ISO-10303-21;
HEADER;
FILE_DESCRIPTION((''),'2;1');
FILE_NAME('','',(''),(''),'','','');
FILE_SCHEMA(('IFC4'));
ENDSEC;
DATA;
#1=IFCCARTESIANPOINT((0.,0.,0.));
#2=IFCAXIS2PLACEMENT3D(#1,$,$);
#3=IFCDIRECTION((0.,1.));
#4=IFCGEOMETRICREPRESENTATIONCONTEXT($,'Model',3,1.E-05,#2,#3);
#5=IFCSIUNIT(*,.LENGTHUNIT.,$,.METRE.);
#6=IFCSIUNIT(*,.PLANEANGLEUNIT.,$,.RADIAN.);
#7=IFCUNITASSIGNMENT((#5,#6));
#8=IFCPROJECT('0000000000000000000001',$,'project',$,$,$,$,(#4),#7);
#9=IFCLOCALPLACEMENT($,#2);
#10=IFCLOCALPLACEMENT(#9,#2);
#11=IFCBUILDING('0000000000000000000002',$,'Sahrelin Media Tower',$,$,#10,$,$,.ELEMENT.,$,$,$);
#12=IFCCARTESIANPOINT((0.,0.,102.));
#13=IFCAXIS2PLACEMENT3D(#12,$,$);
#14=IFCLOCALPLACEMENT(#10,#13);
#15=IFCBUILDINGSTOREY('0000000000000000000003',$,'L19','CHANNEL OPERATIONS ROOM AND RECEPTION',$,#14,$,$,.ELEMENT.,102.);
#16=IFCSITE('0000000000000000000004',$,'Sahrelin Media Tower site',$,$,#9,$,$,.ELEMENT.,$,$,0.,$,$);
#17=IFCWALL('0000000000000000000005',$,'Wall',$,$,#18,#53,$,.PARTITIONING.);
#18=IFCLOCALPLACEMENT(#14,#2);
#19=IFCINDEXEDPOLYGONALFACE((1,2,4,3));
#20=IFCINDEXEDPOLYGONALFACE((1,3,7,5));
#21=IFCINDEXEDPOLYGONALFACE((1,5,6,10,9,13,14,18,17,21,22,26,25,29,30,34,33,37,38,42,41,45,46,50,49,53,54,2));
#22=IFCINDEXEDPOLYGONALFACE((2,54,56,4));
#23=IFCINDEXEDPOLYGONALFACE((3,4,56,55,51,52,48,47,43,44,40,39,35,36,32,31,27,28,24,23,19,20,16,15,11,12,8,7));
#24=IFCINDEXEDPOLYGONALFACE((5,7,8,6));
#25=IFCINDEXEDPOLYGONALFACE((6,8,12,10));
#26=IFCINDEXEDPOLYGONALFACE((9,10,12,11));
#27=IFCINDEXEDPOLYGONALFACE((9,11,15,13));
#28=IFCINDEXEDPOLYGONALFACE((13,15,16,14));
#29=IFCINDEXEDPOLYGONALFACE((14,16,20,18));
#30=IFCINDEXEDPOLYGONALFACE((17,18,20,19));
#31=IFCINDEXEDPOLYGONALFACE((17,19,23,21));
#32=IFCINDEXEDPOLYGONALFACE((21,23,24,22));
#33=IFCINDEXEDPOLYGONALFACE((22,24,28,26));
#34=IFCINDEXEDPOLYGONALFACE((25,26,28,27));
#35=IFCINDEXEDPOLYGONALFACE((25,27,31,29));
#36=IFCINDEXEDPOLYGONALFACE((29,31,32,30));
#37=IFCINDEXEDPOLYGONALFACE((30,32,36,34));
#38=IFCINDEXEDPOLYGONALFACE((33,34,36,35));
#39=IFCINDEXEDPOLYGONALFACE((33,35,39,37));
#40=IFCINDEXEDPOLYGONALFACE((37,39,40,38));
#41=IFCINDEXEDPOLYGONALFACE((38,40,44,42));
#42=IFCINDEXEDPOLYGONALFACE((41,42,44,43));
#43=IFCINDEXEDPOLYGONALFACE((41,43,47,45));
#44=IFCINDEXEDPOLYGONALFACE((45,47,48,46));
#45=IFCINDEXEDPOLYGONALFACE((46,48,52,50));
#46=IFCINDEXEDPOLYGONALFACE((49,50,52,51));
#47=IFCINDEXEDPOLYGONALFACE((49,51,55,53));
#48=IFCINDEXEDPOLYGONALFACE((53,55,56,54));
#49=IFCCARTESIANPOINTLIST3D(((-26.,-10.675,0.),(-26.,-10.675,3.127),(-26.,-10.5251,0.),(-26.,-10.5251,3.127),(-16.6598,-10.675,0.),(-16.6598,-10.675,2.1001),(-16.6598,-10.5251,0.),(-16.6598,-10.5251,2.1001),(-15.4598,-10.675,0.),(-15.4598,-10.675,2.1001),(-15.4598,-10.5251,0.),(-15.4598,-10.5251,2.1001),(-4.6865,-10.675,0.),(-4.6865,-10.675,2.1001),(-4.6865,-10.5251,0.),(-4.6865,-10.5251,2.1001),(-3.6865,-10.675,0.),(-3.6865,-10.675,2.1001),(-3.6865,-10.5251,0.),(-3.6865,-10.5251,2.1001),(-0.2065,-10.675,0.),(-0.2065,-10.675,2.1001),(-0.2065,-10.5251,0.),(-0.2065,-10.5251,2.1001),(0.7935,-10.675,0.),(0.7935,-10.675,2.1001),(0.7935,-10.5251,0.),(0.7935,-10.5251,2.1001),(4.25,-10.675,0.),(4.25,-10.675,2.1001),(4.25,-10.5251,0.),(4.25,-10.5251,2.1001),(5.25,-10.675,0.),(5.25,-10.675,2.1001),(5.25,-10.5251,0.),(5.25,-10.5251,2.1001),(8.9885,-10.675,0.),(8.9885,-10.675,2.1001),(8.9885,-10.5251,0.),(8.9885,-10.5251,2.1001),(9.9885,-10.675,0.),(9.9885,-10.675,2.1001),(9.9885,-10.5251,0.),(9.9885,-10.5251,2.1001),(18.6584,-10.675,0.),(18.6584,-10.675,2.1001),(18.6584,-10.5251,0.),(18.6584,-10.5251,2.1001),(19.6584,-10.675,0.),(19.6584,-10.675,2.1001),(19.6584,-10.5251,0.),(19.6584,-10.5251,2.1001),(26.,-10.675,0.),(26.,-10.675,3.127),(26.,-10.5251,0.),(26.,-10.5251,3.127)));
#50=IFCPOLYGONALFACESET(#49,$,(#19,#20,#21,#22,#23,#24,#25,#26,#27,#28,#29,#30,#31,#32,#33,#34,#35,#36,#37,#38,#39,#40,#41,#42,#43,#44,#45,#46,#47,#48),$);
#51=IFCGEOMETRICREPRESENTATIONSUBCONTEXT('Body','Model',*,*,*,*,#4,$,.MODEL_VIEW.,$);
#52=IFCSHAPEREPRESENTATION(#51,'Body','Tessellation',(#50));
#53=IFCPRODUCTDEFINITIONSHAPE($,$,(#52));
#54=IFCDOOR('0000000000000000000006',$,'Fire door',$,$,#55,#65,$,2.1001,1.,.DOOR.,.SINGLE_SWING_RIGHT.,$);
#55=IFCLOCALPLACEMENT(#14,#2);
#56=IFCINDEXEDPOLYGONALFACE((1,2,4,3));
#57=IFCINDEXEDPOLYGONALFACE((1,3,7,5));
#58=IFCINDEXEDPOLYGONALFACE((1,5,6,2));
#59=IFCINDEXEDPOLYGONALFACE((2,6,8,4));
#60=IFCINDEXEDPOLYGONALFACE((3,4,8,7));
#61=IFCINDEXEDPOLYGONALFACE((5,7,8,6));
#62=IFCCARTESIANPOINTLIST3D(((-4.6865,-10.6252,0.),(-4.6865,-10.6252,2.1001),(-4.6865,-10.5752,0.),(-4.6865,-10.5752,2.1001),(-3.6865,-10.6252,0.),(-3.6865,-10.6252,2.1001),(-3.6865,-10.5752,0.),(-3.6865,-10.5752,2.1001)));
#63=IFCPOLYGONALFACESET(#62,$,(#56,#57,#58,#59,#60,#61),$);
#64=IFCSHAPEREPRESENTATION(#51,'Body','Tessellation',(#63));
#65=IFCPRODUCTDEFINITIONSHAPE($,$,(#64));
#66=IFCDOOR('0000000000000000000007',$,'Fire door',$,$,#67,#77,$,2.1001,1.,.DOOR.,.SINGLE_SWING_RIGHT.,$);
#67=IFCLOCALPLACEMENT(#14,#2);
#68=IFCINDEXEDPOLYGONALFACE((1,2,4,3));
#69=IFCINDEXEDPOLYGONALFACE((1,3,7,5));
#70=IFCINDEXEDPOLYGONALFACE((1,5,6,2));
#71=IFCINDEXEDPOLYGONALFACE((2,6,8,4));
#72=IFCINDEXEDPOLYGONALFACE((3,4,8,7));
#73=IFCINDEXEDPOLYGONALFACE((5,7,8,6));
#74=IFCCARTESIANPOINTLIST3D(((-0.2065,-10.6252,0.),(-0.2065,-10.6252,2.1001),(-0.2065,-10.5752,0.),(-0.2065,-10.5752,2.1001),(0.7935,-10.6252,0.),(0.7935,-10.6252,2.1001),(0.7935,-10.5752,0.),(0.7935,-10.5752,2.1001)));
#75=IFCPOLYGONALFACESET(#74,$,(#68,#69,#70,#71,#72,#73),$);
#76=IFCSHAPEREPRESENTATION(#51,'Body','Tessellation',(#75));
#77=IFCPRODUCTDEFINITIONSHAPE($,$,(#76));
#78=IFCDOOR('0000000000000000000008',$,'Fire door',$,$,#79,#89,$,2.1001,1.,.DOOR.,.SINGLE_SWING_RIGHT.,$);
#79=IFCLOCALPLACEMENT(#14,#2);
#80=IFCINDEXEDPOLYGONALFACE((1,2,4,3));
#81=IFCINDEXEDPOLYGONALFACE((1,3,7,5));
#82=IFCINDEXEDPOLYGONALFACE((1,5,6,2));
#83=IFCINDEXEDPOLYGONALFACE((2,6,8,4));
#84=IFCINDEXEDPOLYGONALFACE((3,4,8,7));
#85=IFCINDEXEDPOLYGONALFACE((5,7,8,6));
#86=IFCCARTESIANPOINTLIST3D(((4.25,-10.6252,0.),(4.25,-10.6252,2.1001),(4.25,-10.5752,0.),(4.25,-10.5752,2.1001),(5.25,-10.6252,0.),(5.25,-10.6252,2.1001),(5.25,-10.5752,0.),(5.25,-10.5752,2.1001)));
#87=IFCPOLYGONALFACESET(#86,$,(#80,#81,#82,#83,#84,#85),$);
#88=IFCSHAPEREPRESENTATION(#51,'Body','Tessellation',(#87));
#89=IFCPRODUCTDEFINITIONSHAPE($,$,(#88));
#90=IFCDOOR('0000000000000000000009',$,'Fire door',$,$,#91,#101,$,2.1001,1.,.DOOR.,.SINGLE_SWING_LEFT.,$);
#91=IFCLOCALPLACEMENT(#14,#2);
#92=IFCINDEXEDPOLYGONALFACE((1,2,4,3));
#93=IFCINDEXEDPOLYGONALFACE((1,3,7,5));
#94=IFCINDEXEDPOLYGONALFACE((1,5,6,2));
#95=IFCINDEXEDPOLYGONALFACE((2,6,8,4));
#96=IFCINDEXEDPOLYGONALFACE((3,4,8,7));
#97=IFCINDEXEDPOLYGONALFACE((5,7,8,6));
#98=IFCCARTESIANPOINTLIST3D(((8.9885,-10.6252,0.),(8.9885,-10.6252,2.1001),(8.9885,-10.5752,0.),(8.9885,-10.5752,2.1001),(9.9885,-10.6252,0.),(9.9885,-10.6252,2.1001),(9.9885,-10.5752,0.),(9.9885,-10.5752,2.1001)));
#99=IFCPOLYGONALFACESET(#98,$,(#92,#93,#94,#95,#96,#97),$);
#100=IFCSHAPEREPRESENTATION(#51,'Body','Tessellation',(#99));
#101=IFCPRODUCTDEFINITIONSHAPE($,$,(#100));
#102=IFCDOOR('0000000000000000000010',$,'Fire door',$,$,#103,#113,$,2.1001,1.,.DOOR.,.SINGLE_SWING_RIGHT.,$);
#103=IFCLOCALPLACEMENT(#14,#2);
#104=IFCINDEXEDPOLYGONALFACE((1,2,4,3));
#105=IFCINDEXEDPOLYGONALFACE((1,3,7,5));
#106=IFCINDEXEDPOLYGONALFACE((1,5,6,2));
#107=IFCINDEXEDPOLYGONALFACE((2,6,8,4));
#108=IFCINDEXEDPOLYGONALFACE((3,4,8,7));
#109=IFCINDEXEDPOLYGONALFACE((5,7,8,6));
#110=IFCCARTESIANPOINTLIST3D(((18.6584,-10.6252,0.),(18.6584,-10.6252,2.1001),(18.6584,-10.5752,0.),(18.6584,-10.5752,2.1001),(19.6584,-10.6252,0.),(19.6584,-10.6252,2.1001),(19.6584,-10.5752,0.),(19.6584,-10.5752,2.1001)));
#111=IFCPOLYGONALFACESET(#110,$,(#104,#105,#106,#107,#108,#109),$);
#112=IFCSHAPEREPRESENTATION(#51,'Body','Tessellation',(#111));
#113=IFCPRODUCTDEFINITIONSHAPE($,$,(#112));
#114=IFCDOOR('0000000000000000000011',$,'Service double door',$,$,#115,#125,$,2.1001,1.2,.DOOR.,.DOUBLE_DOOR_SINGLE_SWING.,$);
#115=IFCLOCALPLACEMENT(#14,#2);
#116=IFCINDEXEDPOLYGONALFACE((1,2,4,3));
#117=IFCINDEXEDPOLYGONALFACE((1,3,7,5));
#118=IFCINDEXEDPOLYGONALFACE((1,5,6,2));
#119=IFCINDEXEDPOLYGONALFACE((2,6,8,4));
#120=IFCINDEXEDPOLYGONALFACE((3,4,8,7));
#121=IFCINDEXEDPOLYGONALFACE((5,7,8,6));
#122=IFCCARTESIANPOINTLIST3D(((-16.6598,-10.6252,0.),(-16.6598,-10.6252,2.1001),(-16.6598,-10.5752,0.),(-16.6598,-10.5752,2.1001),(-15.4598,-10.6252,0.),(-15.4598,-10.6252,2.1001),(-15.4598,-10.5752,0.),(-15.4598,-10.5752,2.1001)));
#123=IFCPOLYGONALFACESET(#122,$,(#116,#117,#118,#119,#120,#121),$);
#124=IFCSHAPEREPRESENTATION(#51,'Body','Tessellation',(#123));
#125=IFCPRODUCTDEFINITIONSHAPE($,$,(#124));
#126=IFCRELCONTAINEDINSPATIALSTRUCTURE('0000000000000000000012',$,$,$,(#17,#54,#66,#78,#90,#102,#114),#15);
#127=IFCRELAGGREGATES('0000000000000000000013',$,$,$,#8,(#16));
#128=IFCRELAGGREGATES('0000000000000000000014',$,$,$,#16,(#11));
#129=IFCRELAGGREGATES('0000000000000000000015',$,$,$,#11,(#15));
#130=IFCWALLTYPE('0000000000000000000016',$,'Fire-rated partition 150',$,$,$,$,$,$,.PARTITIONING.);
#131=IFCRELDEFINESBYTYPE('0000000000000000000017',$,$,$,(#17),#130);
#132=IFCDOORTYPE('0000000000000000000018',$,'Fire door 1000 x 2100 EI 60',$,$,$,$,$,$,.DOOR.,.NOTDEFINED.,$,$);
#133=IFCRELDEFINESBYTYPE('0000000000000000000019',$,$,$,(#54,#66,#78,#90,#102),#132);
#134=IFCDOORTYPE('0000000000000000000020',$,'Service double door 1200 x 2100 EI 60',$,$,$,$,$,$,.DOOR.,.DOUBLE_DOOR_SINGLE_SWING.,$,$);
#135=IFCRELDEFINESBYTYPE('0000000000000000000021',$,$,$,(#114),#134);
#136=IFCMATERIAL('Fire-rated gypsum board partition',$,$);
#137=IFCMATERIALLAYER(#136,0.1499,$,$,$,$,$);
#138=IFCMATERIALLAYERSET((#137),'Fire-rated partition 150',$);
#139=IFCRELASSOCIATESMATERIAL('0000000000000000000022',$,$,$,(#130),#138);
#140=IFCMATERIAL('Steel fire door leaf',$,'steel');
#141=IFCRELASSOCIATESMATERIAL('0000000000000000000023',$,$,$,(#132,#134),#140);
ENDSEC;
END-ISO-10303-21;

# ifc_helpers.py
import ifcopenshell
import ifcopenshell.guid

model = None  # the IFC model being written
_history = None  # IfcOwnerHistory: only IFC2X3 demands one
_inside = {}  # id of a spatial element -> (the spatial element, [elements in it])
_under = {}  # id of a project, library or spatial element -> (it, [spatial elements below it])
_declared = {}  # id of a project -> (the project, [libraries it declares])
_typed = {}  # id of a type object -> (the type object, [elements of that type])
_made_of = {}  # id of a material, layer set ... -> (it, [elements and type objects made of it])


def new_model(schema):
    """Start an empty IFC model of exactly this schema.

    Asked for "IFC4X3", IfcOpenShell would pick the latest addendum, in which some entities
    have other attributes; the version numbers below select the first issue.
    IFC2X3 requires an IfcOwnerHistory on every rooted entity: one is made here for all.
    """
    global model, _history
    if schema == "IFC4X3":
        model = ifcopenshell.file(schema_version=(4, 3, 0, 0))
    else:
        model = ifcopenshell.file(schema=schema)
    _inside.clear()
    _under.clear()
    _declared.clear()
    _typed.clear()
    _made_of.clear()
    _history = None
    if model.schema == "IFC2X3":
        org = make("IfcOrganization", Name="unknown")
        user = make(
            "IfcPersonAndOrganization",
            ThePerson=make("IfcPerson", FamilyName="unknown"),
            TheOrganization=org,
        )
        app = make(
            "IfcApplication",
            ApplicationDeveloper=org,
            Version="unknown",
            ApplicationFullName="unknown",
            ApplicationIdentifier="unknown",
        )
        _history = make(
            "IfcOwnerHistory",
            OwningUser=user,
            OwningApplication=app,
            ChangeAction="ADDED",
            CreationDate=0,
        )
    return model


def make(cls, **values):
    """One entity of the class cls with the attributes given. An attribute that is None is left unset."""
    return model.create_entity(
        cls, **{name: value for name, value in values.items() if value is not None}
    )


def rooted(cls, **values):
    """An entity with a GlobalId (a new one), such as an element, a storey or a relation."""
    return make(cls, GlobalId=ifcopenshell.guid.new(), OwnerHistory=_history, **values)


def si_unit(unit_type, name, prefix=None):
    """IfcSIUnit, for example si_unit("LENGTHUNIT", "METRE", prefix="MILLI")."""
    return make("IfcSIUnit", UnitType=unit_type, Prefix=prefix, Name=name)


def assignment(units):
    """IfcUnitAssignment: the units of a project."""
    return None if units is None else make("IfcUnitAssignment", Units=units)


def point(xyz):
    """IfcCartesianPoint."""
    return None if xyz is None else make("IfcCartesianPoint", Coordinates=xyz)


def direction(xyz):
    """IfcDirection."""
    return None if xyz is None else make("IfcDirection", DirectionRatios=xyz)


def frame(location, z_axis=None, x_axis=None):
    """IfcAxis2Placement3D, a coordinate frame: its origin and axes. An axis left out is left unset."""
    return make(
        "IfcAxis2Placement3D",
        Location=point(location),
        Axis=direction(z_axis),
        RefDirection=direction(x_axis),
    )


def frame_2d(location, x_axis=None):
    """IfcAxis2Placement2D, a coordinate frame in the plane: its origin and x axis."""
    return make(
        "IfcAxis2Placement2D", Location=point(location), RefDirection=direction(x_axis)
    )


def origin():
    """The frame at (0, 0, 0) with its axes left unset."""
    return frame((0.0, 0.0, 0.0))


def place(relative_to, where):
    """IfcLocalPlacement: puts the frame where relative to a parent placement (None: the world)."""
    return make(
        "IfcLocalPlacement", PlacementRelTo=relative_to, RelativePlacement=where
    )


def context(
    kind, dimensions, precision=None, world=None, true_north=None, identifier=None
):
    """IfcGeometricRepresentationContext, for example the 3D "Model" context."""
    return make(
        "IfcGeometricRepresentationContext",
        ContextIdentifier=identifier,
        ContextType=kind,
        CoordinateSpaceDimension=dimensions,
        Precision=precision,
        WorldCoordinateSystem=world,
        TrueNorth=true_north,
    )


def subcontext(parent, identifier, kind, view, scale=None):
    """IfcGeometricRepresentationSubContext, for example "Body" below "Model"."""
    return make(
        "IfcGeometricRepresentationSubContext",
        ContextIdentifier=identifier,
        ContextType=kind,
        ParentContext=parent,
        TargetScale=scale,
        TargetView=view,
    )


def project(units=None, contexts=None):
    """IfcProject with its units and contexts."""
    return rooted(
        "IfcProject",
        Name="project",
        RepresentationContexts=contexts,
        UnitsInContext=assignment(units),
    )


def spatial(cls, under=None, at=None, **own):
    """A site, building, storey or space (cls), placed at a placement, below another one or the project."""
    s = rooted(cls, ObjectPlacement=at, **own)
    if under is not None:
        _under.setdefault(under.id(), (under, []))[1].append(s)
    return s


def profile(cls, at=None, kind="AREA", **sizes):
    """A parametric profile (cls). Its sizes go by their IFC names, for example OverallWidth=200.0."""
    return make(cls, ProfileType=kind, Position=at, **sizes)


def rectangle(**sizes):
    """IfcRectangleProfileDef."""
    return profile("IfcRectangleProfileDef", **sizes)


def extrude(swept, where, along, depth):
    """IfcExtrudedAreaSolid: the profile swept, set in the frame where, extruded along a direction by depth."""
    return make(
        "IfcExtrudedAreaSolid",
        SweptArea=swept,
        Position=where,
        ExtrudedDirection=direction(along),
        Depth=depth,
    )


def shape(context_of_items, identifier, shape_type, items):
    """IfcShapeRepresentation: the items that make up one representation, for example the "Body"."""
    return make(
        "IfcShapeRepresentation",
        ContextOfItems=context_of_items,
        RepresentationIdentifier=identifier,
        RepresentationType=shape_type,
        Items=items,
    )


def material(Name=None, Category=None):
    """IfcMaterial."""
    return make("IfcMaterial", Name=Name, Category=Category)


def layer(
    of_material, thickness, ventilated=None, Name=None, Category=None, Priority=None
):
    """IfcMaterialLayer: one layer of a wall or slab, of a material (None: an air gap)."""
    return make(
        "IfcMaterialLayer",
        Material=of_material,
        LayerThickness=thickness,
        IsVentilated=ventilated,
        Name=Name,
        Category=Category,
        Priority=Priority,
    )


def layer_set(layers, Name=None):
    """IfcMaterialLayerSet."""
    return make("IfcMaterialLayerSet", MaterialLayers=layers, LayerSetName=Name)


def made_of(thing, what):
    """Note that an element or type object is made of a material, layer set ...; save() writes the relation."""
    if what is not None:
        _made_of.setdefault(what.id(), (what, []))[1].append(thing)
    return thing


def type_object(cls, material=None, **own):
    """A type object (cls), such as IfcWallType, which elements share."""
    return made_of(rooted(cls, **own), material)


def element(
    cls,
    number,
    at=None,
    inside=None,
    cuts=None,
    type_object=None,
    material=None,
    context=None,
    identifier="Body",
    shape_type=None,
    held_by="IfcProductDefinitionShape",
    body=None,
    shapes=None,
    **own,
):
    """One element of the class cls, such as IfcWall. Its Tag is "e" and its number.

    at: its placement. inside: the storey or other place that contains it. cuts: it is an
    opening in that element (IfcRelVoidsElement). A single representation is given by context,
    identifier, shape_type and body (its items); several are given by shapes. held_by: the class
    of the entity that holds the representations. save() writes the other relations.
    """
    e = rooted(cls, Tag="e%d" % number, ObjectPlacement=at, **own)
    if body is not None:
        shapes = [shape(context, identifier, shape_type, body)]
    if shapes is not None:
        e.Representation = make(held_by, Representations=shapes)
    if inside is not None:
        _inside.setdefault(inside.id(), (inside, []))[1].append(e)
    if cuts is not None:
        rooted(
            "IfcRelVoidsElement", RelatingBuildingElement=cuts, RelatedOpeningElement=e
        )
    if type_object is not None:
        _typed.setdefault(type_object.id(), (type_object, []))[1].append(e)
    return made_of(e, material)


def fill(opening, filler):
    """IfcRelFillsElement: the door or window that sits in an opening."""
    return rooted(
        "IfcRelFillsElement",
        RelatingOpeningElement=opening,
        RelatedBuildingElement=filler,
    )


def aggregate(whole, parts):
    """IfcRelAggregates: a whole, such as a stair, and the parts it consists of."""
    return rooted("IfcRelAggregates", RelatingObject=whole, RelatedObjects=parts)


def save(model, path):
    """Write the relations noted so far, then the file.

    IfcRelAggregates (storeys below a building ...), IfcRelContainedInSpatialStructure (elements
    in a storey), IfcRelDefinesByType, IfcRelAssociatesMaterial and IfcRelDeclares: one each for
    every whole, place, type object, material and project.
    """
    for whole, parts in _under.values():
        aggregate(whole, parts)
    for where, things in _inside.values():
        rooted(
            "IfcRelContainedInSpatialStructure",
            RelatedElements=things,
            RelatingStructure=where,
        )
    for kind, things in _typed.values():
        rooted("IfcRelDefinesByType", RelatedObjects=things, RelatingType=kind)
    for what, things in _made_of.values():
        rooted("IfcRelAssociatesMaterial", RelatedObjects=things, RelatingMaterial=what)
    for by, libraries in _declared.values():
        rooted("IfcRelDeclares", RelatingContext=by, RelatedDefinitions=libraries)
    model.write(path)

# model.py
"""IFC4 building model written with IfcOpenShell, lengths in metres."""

from ifc_helpers import new_model, si_unit, direction, frame, frame_2d, origin, place, context, subcontext, project, spatial, rectangle, extrude, material, layer, layer_set, type_object, element, fill, save


model = new_model("IFC4")

# Units and contexts
model_context = context("Model", 3, precision=1e-05, world=origin(), true_north=direction((0.0, 1.0)))
body_context = subcontext(model_context, "Body", "Model", "MODEL_VIEW")
ifc_project = project(units=[si_unit("LENGTHUNIT", "METRE"), si_unit("PLANEANGLEUNIT", "RADIAN")], contexts=[model_context])

# Site, building, storey
site_placement = place(None, origin())
site = spatial("IfcSite", under=ifc_project, at=site_placement, Name="Sahrelin Media Tower site", CompositionType="ELEMENT", RefElevation=0.0)
building_placement = place(site_placement, origin())
building = spatial("IfcBuilding", under=site, at=building_placement, Name="Sahrelin Media Tower", CompositionType="ELEMENT")
storey_placement = place(building_placement, frame((0.0, 0.0, 102.0)))
storey = spatial("IfcBuildingStorey", under=building, at=storey_placement, Name="L19", Description="CHANNEL OPERATIONS ROOM AND RECEPTION", CompositionType="ELEMENT", Elevation=102.0)

# Wall, openings, doors
ifc_material_1 = material(Name="Fire-rated gypsum board partition")
ifc_layer_1 = layer(ifc_material_1, 0.1499)
ifc_layer_set_1 = layer_set([ifc_layer_1], Name="Fire-rated partition 150")
wall_type = type_object("IfcWallType", Name="Fire-rated partition 150", PredefinedType="PARTITIONING", material=ifc_layer_set_1)
wall_placement = place(storey_placement, frame((-26.0, -10.6001, 0.0), z_axis=(0.0, 0.0, 1.0), x_axis=(1.0, 0.0, 0.0)))
wall = element("IfcWall", 1, at=wall_placement, inside=storey, type_object=wall_type, Name="Wall", PredefinedType="PARTITIONING", context=body_context, shape_type="SweptSolid", body=[
    extrude(rectangle(XDim=52.0, YDim=0.1499, at=frame_2d((26.0, 0.0))), origin(), (0.0, 0.0, 1.0), 3.127),
])
opening_1_placement = place(wall_placement, frame((9.3401, 0.0, 0.0)))
opening_1 = element("IfcOpeningElement", 2, at=opening_1_placement, cuts=wall, PredefinedType="OPENING", context=body_context, shape_type="SweptSolid", body=[
    extrude(rectangle(XDim=1.2, YDim=2.1001, at=frame_2d((0.6001, 1.05))), frame((0.0, 0.075, 0.0), z_axis=(0.0, -1.0, 0.0), x_axis=(1.0, 0.0, 0.0)), (0.0, 0.0, 1.0), 0.1499),
])
opening_2_placement = place(wall_placement, frame((21.3135, 0.0, 0.0)))
opening_2 = element("IfcOpeningElement", 3, at=opening_2_placement, cuts=wall, PredefinedType="OPENING", context=body_context, shape_type="SweptSolid", body=[
    extrude(rectangle(XDim=1.0, YDim=2.1001, at=frame_2d((0.5, 1.05))), frame((0.0, 0.075, 0.0), z_axis=(0.0, -1.0, 0.0), x_axis=(1.0, 0.0, 0.0)), (0.0, 0.0, 1.0), 0.1499),
])
opening_3_placement = place(wall_placement, frame((25.7935, 0.0, 0.0)))
opening_3 = element("IfcOpeningElement", 4, at=opening_3_placement, cuts=wall, PredefinedType="OPENING", context=body_context, shape_type="SweptSolid", body=[
    extrude(rectangle(XDim=1.0, YDim=2.1001, at=frame_2d((0.5, 1.05))), frame((0.0, 0.075, 0.0), z_axis=(0.0, -1.0, 0.0), x_axis=(1.0, 0.0, 0.0)), (0.0, 0.0, 1.0), 0.1499),
])
opening_4_placement = place(wall_placement, frame((30.25, 0.0, 0.0)))
opening_4 = element("IfcOpeningElement", 5, at=opening_4_placement, cuts=wall, PredefinedType="OPENING", context=body_context, shape_type="SweptSolid", body=[
    extrude(rectangle(XDim=1.0, YDim=2.1001, at=frame_2d((0.5, 1.05))), frame((0.0, 0.075, 0.0), z_axis=(0.0, -1.0, 0.0), x_axis=(1.0, 0.0, 0.0)), (0.0, 0.0, 1.0), 0.1499),
])
opening_5_placement = place(wall_placement, frame((34.9885, 0.0, 0.0)))
opening_5 = element("IfcOpeningElement", 6, at=opening_5_placement, cuts=wall, PredefinedType="OPENING", context=body_context, shape_type="SweptSolid", body=[
    extrude(rectangle(XDim=1.0, YDim=2.1001, at=frame_2d((0.5, 1.05))), frame((0.0, 0.075, 0.0), z_axis=(0.0, -1.0, 0.0), x_axis=(1.0, 0.0, 0.0)), (0.0, 0.0, 1.0), 0.1499),
])
opening_6_placement = place(wall_placement, frame((44.6584, 0.0, 0.0)))
opening_6 = element("IfcOpeningElement", 7, at=opening_6_placement, cuts=wall, PredefinedType="OPENING", context=body_context, shape_type="SweptSolid", body=[
    extrude(rectangle(XDim=1.0, YDim=2.1001, at=frame_2d((0.5, 1.05))), frame((0.0, 0.075, 0.0), z_axis=(0.0, -1.0, 0.0), x_axis=(1.0, 0.0, 0.0)), (0.0, 0.0, 1.0), 0.1499),
])
ifc_material_2 = material(Name="Steel fire door leaf", Category="steel")
door_type_1 = type_object("IfcDoorType", Name="Fire door 1000 x 2100 EI 60", OperationType="NOTDEFINED", PredefinedType="DOOR", material=ifc_material_2)
door_1_placement = place(opening_2_placement, origin())
door_1 = element("IfcDoor", 8, at=door_1_placement, inside=storey, type_object=door_type_1, Name="Fire door", OperationType="SINGLE_SWING_RIGHT", OverallHeight=2.1001, OverallWidth=1.0, PredefinedType="DOOR", context=body_context, shape_type="SweptSolid", body=[
    extrude(rectangle(XDim=1.0, YDim=2.1001, at=frame_2d((0.5, 1.05))), frame((0.0, 0.0249, 0.0), z_axis=(0.0, -1.0, 0.0), x_axis=(1.0, 0.0, 0.0)), (0.0, 0.0, 1.0), 0.05),
])
fill(opening_2, door_1)
door_2_placement = place(opening_3_placement, origin())
door_2 = element("IfcDoor", 9, at=door_2_placement, inside=storey, type_object=door_type_1, Name="Fire door", OperationType="SINGLE_SWING_RIGHT", OverallHeight=2.1001, OverallWidth=1.0, PredefinedType="DOOR", context=body_context, shape_type="SweptSolid", body=[
    extrude(rectangle(XDim=1.0, YDim=2.1001, at=frame_2d((0.5, 1.05))), frame((0.0, 0.0249, 0.0), z_axis=(0.0, -1.0, 0.0), x_axis=(1.0, 0.0, 0.0)), (0.0, 0.0, 1.0), 0.05),
])
fill(opening_3, door_2)
door_3_placement = place(opening_4_placement, origin())
door_3 = element("IfcDoor", 10, at=door_3_placement, inside=storey, type_object=door_type_1, Name="Fire door", OperationType="SINGLE_SWING_RIGHT", OverallHeight=2.1001, OverallWidth=1.0, PredefinedType="DOOR", context=body_context, shape_type="SweptSolid", body=[
    extrude(rectangle(XDim=1.0, YDim=2.1001, at=frame_2d((0.5, 1.05))), frame((0.0, 0.0249, 0.0), z_axis=(0.0, -1.0, 0.0), x_axis=(1.0, 0.0, 0.0)), (0.0, 0.0, 1.0), 0.05),
])
fill(opening_4, door_3)
door_4_placement = place(opening_5_placement, origin())
door_4 = element("IfcDoor", 11, at=door_4_placement, inside=storey, type_object=door_type_1, Name="Fire door", OperationType="SINGLE_SWING_LEFT", OverallHeight=2.1001, OverallWidth=1.0, PredefinedType="DOOR", context=body_context, shape_type="SweptSolid", body=[
    extrude(rectangle(XDim=1.0, YDim=2.1001, at=frame_2d((0.5, 1.05))), frame((0.0, 0.0249, 0.0), z_axis=(0.0, -1.0, 0.0), x_axis=(1.0, 0.0, 0.0)), (0.0, 0.0, 1.0), 0.05),
])
fill(opening_5, door_4)
door_5_placement = place(opening_6_placement, origin())
door_5 = element("IfcDoor", 12, at=door_5_placement, inside=storey, type_object=door_type_1, Name="Fire door", OperationType="SINGLE_SWING_RIGHT", OverallHeight=2.1001, OverallWidth=1.0, PredefinedType="DOOR", context=body_context, shape_type="SweptSolid", body=[
    extrude(rectangle(XDim=1.0, YDim=2.1001, at=frame_2d((0.5, 1.05))), frame((0.0, 0.0249, 0.0), z_axis=(0.0, -1.0, 0.0), x_axis=(1.0, 0.0, 0.0)), (0.0, 0.0, 1.0), 0.05),
])
fill(opening_6, door_5)
door_type_2 = type_object("IfcDoorType", Name="Service double door 1200 x 2100 EI 60", OperationType="DOUBLE_DOOR_SINGLE_SWING", PredefinedType="DOOR", material=ifc_material_2)
door_6_placement = place(opening_1_placement, origin())
door_6 = element("IfcDoor", 13, at=door_6_placement, inside=storey, type_object=door_type_2, Name="Service double door", OperationType="DOUBLE_DOOR_SINGLE_SWING", OverallHeight=2.1001, OverallWidth=1.2, PredefinedType="DOOR", context=body_context, shape_type="SweptSolid", body=[
    extrude(rectangle(XDim=1.2, YDim=2.1001, at=frame_2d((0.6001, 1.05))), frame((0.0, 0.0249, 0.0), z_axis=(0.0, -1.0, 0.0), x_axis=(1.0, 0.0, 0.0)), (0.0, 0.0, 1.0), 0.05),
])
fill(opening_1, door_6)

save(model, "model.ifc")
